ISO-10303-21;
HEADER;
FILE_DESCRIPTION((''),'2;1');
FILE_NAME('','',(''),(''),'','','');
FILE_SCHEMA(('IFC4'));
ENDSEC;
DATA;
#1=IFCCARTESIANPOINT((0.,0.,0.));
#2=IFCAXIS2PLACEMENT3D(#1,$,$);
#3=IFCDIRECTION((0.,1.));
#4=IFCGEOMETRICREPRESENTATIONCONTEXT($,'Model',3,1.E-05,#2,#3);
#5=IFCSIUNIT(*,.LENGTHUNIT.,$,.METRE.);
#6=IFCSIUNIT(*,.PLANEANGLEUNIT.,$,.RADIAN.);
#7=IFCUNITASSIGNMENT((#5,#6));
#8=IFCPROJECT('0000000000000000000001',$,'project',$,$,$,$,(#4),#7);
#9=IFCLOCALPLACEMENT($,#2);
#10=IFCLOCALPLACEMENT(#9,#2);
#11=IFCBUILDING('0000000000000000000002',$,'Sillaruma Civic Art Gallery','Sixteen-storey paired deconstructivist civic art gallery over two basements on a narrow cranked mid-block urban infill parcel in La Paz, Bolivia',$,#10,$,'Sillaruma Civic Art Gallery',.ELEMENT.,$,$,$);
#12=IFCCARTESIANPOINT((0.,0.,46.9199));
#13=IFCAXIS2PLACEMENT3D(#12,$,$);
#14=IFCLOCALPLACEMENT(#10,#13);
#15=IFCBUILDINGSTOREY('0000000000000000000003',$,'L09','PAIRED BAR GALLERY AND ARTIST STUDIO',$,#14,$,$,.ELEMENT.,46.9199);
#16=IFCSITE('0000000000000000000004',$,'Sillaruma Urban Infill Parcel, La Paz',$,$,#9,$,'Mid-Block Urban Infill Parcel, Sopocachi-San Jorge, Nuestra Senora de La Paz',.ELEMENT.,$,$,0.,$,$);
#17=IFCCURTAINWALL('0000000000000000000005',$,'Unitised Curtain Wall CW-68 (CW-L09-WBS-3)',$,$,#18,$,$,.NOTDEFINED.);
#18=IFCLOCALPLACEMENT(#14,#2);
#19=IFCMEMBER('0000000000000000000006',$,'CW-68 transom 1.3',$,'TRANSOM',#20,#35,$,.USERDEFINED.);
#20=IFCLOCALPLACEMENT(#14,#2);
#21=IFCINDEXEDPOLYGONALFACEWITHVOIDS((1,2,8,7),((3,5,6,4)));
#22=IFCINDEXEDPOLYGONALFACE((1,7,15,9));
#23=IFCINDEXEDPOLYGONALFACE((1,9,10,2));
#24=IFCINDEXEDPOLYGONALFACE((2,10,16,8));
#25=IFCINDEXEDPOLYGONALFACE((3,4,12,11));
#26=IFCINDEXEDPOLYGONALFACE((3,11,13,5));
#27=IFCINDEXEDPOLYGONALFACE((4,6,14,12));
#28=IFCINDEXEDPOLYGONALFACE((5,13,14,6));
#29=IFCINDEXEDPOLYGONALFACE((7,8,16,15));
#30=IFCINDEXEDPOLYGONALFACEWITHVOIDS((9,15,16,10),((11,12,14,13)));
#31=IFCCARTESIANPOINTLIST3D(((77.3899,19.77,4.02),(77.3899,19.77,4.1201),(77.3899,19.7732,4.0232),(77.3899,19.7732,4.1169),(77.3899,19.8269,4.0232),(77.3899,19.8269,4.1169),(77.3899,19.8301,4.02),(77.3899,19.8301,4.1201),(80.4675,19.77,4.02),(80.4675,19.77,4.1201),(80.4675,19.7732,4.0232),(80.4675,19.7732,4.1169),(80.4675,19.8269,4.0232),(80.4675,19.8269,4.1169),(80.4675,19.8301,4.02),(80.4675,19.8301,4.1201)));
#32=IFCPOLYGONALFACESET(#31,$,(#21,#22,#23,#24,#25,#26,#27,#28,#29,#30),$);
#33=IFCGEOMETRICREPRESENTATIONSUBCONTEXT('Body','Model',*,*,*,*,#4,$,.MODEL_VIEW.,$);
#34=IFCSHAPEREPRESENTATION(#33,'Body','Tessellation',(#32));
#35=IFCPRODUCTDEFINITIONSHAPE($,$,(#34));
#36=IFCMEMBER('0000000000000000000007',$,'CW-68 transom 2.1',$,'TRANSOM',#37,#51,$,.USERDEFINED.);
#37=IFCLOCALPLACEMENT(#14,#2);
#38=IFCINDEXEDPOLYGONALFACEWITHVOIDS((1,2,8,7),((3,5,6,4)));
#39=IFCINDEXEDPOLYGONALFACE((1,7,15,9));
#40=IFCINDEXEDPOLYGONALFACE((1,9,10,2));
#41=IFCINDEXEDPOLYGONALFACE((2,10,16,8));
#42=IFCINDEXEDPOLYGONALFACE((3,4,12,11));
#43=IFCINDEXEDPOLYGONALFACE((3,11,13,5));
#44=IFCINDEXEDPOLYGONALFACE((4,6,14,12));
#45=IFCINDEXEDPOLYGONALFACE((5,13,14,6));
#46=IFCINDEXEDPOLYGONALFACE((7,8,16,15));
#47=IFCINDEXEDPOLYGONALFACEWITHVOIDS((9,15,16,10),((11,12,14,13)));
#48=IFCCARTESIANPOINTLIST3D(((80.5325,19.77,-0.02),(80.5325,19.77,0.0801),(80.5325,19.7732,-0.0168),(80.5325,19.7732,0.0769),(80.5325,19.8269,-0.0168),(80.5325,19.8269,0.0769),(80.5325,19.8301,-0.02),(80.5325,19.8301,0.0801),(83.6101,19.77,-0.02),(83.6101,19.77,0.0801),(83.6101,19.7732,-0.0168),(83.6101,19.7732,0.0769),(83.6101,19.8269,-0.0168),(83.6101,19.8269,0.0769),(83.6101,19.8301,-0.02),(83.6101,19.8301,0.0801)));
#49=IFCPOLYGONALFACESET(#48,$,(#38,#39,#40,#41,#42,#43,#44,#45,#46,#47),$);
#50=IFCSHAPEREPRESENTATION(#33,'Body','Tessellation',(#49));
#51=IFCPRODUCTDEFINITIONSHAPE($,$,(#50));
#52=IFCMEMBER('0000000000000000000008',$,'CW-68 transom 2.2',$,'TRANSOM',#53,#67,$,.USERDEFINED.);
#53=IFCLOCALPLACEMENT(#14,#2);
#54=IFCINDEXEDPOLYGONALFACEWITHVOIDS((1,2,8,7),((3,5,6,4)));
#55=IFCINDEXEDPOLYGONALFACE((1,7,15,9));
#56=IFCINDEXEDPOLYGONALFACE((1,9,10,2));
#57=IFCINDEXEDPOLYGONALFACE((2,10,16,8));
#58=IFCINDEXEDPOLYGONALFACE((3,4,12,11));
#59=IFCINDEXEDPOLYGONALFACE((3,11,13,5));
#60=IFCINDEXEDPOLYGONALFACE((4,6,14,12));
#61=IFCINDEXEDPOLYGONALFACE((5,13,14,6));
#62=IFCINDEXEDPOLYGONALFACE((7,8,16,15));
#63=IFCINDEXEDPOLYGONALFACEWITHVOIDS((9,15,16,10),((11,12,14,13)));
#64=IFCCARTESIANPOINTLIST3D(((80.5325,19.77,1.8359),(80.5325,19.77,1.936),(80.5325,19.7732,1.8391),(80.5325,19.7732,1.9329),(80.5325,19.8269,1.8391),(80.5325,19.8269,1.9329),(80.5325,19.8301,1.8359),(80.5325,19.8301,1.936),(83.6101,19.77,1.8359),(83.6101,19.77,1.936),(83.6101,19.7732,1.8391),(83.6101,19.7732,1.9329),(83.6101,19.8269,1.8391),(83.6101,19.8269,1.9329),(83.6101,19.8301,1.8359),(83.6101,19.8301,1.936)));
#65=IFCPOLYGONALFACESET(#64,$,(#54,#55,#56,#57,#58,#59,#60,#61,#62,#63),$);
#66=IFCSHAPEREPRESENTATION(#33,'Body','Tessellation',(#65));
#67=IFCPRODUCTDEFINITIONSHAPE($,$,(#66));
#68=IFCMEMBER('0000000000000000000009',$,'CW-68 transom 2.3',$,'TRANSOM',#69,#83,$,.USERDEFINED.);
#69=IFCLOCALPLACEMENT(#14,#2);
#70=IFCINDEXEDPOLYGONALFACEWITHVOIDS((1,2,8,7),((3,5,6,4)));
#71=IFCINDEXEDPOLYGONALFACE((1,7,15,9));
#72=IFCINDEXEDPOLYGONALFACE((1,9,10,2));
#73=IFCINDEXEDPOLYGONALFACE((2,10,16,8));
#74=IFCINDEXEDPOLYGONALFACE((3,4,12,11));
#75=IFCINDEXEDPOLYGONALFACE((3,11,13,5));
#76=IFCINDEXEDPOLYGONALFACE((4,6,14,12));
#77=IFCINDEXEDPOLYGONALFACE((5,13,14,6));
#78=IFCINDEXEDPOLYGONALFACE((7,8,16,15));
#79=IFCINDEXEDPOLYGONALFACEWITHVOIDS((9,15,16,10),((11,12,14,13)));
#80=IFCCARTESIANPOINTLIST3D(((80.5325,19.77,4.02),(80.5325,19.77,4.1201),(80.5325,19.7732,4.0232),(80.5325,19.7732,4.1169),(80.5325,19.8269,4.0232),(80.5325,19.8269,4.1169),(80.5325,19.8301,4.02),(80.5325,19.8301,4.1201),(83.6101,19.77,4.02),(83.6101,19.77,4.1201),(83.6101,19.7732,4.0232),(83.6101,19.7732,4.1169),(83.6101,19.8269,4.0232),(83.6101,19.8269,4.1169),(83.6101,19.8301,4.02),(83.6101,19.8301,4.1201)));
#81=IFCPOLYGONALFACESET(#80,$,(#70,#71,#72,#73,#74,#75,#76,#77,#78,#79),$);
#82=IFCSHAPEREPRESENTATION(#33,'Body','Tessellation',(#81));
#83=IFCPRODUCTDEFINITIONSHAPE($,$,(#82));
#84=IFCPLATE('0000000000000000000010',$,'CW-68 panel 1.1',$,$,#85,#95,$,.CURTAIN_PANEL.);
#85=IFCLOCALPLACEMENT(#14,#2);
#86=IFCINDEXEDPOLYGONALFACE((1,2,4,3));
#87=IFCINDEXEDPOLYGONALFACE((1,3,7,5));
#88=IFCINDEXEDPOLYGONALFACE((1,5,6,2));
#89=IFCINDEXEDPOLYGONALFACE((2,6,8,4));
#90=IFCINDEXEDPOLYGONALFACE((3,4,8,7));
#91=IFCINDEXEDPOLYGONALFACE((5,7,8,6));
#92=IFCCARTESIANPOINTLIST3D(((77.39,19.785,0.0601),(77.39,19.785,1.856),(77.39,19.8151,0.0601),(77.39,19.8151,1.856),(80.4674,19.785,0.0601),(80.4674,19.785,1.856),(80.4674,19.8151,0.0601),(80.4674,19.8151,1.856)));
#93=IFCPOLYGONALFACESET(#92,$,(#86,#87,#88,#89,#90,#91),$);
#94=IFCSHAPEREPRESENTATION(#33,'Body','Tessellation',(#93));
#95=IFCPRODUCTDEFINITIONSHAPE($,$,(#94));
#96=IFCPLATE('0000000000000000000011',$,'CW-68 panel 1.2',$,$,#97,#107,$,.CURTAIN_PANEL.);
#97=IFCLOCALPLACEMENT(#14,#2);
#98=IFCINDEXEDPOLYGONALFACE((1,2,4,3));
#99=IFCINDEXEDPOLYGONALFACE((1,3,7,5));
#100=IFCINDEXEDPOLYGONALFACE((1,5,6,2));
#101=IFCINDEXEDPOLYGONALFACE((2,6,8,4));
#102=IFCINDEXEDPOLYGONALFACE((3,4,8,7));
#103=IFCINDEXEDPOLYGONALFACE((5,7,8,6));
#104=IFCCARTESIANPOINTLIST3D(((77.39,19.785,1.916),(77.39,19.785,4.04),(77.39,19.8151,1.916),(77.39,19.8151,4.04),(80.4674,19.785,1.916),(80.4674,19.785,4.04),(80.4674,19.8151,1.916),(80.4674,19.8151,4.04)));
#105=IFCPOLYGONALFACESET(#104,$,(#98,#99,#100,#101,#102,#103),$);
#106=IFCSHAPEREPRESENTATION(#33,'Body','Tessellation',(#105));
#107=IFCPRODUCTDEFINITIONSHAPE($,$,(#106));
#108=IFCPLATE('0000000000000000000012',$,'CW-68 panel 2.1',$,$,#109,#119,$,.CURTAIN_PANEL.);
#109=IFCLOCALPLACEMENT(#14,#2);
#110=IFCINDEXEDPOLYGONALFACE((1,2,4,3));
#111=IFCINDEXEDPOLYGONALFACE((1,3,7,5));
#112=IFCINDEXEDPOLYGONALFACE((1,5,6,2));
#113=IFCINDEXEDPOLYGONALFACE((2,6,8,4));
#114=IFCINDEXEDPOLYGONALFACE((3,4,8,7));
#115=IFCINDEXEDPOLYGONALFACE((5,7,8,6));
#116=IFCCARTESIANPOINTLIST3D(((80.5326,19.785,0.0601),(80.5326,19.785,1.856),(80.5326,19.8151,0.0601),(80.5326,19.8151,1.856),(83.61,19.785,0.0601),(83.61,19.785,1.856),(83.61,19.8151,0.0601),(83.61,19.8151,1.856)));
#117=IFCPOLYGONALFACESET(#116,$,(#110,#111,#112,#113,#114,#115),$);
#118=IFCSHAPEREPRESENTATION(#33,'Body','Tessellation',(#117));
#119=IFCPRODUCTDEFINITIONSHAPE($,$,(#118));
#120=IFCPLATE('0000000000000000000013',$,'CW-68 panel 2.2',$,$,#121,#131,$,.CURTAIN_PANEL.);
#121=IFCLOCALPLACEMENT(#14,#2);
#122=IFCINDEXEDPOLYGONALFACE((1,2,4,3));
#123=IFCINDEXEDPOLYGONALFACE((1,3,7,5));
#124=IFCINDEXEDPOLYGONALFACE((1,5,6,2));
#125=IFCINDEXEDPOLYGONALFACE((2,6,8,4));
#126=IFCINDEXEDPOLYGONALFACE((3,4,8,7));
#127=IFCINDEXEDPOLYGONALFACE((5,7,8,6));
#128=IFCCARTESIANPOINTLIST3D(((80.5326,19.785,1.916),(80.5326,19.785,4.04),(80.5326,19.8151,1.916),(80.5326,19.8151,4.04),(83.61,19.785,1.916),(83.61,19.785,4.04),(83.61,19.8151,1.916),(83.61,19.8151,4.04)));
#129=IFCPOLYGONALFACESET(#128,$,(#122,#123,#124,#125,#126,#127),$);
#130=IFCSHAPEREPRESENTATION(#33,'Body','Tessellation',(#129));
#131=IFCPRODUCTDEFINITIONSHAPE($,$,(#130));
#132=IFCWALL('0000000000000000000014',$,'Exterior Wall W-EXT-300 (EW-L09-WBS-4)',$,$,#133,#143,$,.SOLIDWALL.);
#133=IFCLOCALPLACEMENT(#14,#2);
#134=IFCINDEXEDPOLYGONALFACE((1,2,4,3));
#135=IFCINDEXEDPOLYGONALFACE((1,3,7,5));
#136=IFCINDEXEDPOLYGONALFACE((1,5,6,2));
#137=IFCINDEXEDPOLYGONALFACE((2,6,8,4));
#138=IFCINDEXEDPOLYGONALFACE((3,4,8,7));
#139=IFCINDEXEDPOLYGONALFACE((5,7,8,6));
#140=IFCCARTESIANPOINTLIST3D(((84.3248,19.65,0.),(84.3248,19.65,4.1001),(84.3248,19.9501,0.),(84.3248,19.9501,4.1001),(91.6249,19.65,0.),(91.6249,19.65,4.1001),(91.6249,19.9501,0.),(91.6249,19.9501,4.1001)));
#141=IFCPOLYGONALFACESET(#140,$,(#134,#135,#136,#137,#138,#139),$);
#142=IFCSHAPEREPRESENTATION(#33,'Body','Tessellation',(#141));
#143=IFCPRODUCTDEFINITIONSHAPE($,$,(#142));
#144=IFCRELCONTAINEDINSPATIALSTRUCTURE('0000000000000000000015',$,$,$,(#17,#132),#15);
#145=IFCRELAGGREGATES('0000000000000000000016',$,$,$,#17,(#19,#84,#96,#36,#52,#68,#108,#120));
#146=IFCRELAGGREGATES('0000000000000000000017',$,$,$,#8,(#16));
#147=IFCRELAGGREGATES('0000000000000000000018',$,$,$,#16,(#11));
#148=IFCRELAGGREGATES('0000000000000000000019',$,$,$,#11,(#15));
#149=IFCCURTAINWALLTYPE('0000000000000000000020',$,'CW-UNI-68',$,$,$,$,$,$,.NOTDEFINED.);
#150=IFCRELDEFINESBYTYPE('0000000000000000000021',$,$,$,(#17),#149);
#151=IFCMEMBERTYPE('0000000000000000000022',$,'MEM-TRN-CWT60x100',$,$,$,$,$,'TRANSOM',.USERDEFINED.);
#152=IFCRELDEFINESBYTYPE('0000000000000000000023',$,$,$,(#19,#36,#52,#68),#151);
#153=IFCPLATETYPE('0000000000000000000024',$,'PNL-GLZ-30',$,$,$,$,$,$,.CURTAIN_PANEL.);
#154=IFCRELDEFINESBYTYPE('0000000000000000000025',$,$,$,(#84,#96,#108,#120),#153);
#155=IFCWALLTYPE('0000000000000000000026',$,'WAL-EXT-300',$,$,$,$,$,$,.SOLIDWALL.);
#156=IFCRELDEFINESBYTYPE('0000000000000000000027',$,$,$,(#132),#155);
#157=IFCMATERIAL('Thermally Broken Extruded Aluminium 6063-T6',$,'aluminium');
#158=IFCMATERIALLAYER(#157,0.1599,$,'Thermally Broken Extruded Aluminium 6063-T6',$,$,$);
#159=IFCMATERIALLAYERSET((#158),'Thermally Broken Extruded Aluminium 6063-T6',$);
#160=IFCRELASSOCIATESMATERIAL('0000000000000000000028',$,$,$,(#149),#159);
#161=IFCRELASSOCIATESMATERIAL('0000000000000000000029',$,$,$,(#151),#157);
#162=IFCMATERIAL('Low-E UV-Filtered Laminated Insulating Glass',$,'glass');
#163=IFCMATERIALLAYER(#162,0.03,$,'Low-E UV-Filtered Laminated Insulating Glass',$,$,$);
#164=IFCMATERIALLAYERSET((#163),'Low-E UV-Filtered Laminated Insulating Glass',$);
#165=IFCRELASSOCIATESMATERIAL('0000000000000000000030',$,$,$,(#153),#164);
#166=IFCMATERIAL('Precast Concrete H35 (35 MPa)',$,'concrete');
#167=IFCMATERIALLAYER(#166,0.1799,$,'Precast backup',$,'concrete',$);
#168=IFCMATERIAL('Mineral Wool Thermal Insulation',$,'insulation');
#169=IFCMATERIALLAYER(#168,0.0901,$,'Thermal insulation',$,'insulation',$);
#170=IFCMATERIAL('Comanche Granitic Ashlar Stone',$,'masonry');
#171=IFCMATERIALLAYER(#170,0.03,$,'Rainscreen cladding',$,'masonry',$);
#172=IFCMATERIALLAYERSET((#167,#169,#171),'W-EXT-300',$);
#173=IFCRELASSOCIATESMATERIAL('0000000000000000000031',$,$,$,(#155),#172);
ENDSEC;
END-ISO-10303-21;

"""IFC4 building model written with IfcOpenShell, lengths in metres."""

from ifc_helpers import new_model, si_unit, direction, frame, frame_2d, origin, origin_2d, place, context, subcontext, project, spatial, rectangle, hollow_rectangle, extrude, material, layer, layer_set, material_profile, profile_set, type_object, element, aggregate, save


model = new_model("IFC4")

# Units and contexts
model_context = context("Model", 3, precision=1e-05, world=origin(), true_north=direction((0.0, 1.0)))
body_context = subcontext(model_context, "Body", "Model", "MODEL_VIEW")
ifc_project = project(units=[si_unit("LENGTHUNIT", "METRE"), si_unit("PLANEANGLEUNIT", "RADIAN")], contexts=[model_context])

# Site, building, storey
site_placement = place(None, origin())
site = spatial("IfcSite", under=ifc_project, at=site_placement, Name="Sillaruma Urban Infill Parcel, La Paz", LongName="Mid-Block Urban Infill Parcel, Sopocachi-San Jorge, Nuestra Senora de La Paz", CompositionType="ELEMENT", RefElevation=0.0)
building_placement = place(site_placement, origin())
building = spatial("IfcBuilding", under=site, at=building_placement, Name="Sillaruma Civic Art Gallery", Description="Sixteen-storey paired deconstructivist civic art gallery over two basements on a narrow cranked mid-block urban infill parcel in La Paz, Bolivia", LongName="Sillaruma Civic Art Gallery", CompositionType="ELEMENT")
storey_placement = place(building_placement, frame((0.0, 0.0, 46.9199)))
storey = spatial("IfcBuildingStorey", under=building, at=storey_placement, Name="L09", Description="PAIRED BAR GALLERY AND ARTIST STUDIO", CompositionType="ELEMENT", Elevation=46.9199)

# Curtain wall, members, plates
ifc_material_1 = material(Name="Thermally Broken Extruded Aluminium 6063-T6", Category="aluminium")
ifc_layer_1 = layer(ifc_material_1, 0.1599, Name="Thermally Broken Extruded Aluminium 6063-T6")
ifc_layer_set_1 = layer_set([ifc_layer_1], Name="Thermally Broken Extruded Aluminium 6063-T6")
curtain_wall_type = type_object("IfcCurtainWallType", Name="CW-UNI-68", PredefinedType="NOTDEFINED", material=ifc_layer_set_1)
curtain_wall_placement = place(storey_placement, origin())
curtain_wall = element("IfcCurtainWall", 1, at=curtain_wall_placement, inside=storey, type_object=curtain_wall_type, Name="Unitised Curtain Wall CW-68 (CW-L09-WBS-3)", PredefinedType="NOTDEFINED")
ifc_material_profile_1 = material_profile(ifc_material_1, hollow_rectangle(XDim=0.0601, YDim=0.1001, WallThickness=0.0032, at=origin_2d()), Name="CWT60x100")
ifc_profile_set_1 = profile_set([ifc_material_profile_1], Name="Thermally Broken Extruded Aluminium 6063-T6")
member_type_1 = type_object("IfcMemberType", Name="MEM-TRN-CWT60x100", ElementType="TRANSOM", PredefinedType="USERDEFINED", material=ifc_profile_set_1)
member_1_placement = place(storey_placement, frame((77.3899, 19.8, 4.0701), z_axis=(1.0, 0.0, 0.0), x_axis=(0.0, 1.0, 0.0)))
member_1 = element("IfcMember", 2, at=member_1_placement, type_object=member_type_1, Name="CW-68 transom 1.3", ObjectType="TRANSOM", PredefinedType="USERDEFINED", context=body_context, shape_type="SweptSolid", body=[
    extrude(hollow_rectangle(XDim=0.0601, YDim=0.1001, WallThickness=0.0032, at=origin_2d()), origin(), (0.0, 0.0, 1.0), 3.0776),
])
member_2_placement = place(storey_placement, frame((80.5325, 19.8, 0.03), z_axis=(1.0, 0.0, 0.0), x_axis=(0.0, 1.0, 0.0)))
member_2 = element("IfcMember", 3, at=member_2_placement, type_object=member_type_1, Name="CW-68 transom 2.1", ObjectType="TRANSOM", PredefinedType="USERDEFINED", context=body_context, shape_type="SweptSolid", body=[
    extrude(hollow_rectangle(XDim=0.0601, YDim=0.1001, WallThickness=0.0032, at=origin_2d()), origin(), (0.0, 0.0, 1.0), 3.0776),
])
member_3_placement = place(storey_placement, frame((80.5325, 19.8, 1.886), z_axis=(1.0, 0.0, 0.0), x_axis=(0.0, 1.0, 0.0)))
member_3 = element("IfcMember", 4, at=member_3_placement, type_object=member_type_1, Name="CW-68 transom 2.2", ObjectType="TRANSOM", PredefinedType="USERDEFINED", context=body_context, shape_type="SweptSolid", body=[
    extrude(hollow_rectangle(XDim=0.0601, YDim=0.1001, WallThickness=0.0032, at=origin_2d()), origin(), (0.0, 0.0, 1.0), 3.0776),
])
member_4_placement = place(storey_placement, frame((80.5325, 19.8, 4.0701), z_axis=(1.0, 0.0, 0.0), x_axis=(0.0, 1.0, 0.0)))
member_4 = element("IfcMember", 5, at=member_4_placement, type_object=member_type_1, Name="CW-68 transom 2.3", ObjectType="TRANSOM", PredefinedType="USERDEFINED", context=body_context, shape_type="SweptSolid", body=[
    extrude(hollow_rectangle(XDim=0.0601, YDim=0.1001, WallThickness=0.0032, at=origin_2d()), origin(), (0.0, 0.0, 1.0), 3.0776),
])
ifc_material_2 = material(Name="Low-E UV-Filtered Laminated Insulating Glass", Category="glass")
ifc_layer_2 = layer(ifc_material_2, 0.03, Name="Low-E UV-Filtered Laminated Insulating Glass")
ifc_layer_set_2 = layer_set([ifc_layer_2], Name="Low-E UV-Filtered Laminated Insulating Glass")
plate_type = type_object("IfcPlateType", Name="PNL-GLZ-30", PredefinedType="CURTAIN_PANEL", material=ifc_layer_set_2)
plate_1_placement = place(storey_placement, frame((78.9287, 19.8, 0.0601), z_axis=(0.0, 0.0, 1.0), x_axis=(1.0, 0.0, 0.0)))
plate_1 = element("IfcPlate", 6, at=plate_1_placement, type_object=plate_type, Name="CW-68 panel 1.1", PredefinedType="CURTAIN_PANEL", context=body_context, shape_type="SweptSolid", body=[
    extrude(rectangle(XDim=3.0774, YDim=0.03, at=origin_2d()), origin(), (0.0, 0.0, 1.0), 1.7959),
])
plate_2_placement = place(storey_placement, frame((78.9287, 19.8, 1.916), z_axis=(0.0, 0.0, 1.0), x_axis=(1.0, 0.0, 0.0)))
plate_2 = element("IfcPlate", 7, at=plate_2_placement, type_object=plate_type, Name="CW-68 panel 1.2", PredefinedType="CURTAIN_PANEL", context=body_context, shape_type="SweptSolid", body=[
    extrude(rectangle(XDim=3.0774, YDim=0.03, at=origin_2d()), origin(), (0.0, 0.0, 1.0), 2.124),
])
plate_3_placement = place(storey_placement, frame((82.0713, 19.8, 0.0601), z_axis=(0.0, 0.0, 1.0), x_axis=(1.0, 0.0, 0.0)))
plate_3 = element("IfcPlate", 8, at=plate_3_placement, type_object=plate_type, Name="CW-68 panel 2.1", PredefinedType="CURTAIN_PANEL", context=body_context, shape_type="SweptSolid", body=[
    extrude(rectangle(XDim=3.0774, YDim=0.03, at=origin_2d()), origin(), (0.0, 0.0, 1.0), 1.7959),
])
plate_4_placement = place(storey_placement, frame((82.0713, 19.8, 1.916), z_axis=(0.0, 0.0, 1.0), x_axis=(1.0, 0.0, 0.0)))
plate_4 = element("IfcPlate", 9, at=plate_4_placement, type_object=plate_type, Name="CW-68 panel 2.2", PredefinedType="CURTAIN_PANEL", context=body_context, shape_type="SweptSolid", body=[
    extrude(rectangle(XDim=3.0774, YDim=0.03, at=origin_2d()), origin(), (0.0, 0.0, 1.0), 2.124),
])
aggregate(curtain_wall, [member_1, plate_1, plate_2, member_2, member_3, member_4, plate_3, plate_4])

# Wall
ifc_material_3 = material(Name="Precast Concrete H35 (35 MPa)", Category="concrete")
ifc_layer_3 = layer(ifc_material_3, 0.1799, Name="Precast backup", Category="concrete")
ifc_material_4 = material(Name="Mineral Wool Thermal Insulation", Category="insulation")
ifc_layer_4 = layer(ifc_material_4, 0.0901, Name="Thermal insulation", Category="insulation")
ifc_material_5 = material(Name="Comanche Granitic Ashlar Stone", Category="masonry")
ifc_layer_5 = layer(ifc_material_5, 0.03, Name="Rainscreen cladding", Category="masonry")
ifc_layer_set_3 = layer_set([ifc_layer_3, ifc_layer_4, ifc_layer_5], Name="W-EXT-300")
wall_type = type_object("IfcWallType", Name="WAL-EXT-300", PredefinedType="SOLIDWALL", material=ifc_layer_set_3)
wall_placement = place(storey_placement, frame((84.325, 19.8, 0.0), z_axis=(0.0, 0.0, 1.0), x_axis=(1.0, 0.0, 0.0)))
element("IfcWall", 10, at=wall_placement, inside=storey, type_object=wall_type, Name="Exterior Wall W-EXT-300 (EW-L09-WBS-4)", PredefinedType="SOLIDWALL", context=body_context, shape_type="SweptSolid", body=[
    extrude(rectangle(XDim=7.3, YDim=0.3, at=frame_2d((3.6499, 0.0))), origin(), (0.0, 0.0, 1.0), 4.1001),
])

save(model, "model.ifc")
